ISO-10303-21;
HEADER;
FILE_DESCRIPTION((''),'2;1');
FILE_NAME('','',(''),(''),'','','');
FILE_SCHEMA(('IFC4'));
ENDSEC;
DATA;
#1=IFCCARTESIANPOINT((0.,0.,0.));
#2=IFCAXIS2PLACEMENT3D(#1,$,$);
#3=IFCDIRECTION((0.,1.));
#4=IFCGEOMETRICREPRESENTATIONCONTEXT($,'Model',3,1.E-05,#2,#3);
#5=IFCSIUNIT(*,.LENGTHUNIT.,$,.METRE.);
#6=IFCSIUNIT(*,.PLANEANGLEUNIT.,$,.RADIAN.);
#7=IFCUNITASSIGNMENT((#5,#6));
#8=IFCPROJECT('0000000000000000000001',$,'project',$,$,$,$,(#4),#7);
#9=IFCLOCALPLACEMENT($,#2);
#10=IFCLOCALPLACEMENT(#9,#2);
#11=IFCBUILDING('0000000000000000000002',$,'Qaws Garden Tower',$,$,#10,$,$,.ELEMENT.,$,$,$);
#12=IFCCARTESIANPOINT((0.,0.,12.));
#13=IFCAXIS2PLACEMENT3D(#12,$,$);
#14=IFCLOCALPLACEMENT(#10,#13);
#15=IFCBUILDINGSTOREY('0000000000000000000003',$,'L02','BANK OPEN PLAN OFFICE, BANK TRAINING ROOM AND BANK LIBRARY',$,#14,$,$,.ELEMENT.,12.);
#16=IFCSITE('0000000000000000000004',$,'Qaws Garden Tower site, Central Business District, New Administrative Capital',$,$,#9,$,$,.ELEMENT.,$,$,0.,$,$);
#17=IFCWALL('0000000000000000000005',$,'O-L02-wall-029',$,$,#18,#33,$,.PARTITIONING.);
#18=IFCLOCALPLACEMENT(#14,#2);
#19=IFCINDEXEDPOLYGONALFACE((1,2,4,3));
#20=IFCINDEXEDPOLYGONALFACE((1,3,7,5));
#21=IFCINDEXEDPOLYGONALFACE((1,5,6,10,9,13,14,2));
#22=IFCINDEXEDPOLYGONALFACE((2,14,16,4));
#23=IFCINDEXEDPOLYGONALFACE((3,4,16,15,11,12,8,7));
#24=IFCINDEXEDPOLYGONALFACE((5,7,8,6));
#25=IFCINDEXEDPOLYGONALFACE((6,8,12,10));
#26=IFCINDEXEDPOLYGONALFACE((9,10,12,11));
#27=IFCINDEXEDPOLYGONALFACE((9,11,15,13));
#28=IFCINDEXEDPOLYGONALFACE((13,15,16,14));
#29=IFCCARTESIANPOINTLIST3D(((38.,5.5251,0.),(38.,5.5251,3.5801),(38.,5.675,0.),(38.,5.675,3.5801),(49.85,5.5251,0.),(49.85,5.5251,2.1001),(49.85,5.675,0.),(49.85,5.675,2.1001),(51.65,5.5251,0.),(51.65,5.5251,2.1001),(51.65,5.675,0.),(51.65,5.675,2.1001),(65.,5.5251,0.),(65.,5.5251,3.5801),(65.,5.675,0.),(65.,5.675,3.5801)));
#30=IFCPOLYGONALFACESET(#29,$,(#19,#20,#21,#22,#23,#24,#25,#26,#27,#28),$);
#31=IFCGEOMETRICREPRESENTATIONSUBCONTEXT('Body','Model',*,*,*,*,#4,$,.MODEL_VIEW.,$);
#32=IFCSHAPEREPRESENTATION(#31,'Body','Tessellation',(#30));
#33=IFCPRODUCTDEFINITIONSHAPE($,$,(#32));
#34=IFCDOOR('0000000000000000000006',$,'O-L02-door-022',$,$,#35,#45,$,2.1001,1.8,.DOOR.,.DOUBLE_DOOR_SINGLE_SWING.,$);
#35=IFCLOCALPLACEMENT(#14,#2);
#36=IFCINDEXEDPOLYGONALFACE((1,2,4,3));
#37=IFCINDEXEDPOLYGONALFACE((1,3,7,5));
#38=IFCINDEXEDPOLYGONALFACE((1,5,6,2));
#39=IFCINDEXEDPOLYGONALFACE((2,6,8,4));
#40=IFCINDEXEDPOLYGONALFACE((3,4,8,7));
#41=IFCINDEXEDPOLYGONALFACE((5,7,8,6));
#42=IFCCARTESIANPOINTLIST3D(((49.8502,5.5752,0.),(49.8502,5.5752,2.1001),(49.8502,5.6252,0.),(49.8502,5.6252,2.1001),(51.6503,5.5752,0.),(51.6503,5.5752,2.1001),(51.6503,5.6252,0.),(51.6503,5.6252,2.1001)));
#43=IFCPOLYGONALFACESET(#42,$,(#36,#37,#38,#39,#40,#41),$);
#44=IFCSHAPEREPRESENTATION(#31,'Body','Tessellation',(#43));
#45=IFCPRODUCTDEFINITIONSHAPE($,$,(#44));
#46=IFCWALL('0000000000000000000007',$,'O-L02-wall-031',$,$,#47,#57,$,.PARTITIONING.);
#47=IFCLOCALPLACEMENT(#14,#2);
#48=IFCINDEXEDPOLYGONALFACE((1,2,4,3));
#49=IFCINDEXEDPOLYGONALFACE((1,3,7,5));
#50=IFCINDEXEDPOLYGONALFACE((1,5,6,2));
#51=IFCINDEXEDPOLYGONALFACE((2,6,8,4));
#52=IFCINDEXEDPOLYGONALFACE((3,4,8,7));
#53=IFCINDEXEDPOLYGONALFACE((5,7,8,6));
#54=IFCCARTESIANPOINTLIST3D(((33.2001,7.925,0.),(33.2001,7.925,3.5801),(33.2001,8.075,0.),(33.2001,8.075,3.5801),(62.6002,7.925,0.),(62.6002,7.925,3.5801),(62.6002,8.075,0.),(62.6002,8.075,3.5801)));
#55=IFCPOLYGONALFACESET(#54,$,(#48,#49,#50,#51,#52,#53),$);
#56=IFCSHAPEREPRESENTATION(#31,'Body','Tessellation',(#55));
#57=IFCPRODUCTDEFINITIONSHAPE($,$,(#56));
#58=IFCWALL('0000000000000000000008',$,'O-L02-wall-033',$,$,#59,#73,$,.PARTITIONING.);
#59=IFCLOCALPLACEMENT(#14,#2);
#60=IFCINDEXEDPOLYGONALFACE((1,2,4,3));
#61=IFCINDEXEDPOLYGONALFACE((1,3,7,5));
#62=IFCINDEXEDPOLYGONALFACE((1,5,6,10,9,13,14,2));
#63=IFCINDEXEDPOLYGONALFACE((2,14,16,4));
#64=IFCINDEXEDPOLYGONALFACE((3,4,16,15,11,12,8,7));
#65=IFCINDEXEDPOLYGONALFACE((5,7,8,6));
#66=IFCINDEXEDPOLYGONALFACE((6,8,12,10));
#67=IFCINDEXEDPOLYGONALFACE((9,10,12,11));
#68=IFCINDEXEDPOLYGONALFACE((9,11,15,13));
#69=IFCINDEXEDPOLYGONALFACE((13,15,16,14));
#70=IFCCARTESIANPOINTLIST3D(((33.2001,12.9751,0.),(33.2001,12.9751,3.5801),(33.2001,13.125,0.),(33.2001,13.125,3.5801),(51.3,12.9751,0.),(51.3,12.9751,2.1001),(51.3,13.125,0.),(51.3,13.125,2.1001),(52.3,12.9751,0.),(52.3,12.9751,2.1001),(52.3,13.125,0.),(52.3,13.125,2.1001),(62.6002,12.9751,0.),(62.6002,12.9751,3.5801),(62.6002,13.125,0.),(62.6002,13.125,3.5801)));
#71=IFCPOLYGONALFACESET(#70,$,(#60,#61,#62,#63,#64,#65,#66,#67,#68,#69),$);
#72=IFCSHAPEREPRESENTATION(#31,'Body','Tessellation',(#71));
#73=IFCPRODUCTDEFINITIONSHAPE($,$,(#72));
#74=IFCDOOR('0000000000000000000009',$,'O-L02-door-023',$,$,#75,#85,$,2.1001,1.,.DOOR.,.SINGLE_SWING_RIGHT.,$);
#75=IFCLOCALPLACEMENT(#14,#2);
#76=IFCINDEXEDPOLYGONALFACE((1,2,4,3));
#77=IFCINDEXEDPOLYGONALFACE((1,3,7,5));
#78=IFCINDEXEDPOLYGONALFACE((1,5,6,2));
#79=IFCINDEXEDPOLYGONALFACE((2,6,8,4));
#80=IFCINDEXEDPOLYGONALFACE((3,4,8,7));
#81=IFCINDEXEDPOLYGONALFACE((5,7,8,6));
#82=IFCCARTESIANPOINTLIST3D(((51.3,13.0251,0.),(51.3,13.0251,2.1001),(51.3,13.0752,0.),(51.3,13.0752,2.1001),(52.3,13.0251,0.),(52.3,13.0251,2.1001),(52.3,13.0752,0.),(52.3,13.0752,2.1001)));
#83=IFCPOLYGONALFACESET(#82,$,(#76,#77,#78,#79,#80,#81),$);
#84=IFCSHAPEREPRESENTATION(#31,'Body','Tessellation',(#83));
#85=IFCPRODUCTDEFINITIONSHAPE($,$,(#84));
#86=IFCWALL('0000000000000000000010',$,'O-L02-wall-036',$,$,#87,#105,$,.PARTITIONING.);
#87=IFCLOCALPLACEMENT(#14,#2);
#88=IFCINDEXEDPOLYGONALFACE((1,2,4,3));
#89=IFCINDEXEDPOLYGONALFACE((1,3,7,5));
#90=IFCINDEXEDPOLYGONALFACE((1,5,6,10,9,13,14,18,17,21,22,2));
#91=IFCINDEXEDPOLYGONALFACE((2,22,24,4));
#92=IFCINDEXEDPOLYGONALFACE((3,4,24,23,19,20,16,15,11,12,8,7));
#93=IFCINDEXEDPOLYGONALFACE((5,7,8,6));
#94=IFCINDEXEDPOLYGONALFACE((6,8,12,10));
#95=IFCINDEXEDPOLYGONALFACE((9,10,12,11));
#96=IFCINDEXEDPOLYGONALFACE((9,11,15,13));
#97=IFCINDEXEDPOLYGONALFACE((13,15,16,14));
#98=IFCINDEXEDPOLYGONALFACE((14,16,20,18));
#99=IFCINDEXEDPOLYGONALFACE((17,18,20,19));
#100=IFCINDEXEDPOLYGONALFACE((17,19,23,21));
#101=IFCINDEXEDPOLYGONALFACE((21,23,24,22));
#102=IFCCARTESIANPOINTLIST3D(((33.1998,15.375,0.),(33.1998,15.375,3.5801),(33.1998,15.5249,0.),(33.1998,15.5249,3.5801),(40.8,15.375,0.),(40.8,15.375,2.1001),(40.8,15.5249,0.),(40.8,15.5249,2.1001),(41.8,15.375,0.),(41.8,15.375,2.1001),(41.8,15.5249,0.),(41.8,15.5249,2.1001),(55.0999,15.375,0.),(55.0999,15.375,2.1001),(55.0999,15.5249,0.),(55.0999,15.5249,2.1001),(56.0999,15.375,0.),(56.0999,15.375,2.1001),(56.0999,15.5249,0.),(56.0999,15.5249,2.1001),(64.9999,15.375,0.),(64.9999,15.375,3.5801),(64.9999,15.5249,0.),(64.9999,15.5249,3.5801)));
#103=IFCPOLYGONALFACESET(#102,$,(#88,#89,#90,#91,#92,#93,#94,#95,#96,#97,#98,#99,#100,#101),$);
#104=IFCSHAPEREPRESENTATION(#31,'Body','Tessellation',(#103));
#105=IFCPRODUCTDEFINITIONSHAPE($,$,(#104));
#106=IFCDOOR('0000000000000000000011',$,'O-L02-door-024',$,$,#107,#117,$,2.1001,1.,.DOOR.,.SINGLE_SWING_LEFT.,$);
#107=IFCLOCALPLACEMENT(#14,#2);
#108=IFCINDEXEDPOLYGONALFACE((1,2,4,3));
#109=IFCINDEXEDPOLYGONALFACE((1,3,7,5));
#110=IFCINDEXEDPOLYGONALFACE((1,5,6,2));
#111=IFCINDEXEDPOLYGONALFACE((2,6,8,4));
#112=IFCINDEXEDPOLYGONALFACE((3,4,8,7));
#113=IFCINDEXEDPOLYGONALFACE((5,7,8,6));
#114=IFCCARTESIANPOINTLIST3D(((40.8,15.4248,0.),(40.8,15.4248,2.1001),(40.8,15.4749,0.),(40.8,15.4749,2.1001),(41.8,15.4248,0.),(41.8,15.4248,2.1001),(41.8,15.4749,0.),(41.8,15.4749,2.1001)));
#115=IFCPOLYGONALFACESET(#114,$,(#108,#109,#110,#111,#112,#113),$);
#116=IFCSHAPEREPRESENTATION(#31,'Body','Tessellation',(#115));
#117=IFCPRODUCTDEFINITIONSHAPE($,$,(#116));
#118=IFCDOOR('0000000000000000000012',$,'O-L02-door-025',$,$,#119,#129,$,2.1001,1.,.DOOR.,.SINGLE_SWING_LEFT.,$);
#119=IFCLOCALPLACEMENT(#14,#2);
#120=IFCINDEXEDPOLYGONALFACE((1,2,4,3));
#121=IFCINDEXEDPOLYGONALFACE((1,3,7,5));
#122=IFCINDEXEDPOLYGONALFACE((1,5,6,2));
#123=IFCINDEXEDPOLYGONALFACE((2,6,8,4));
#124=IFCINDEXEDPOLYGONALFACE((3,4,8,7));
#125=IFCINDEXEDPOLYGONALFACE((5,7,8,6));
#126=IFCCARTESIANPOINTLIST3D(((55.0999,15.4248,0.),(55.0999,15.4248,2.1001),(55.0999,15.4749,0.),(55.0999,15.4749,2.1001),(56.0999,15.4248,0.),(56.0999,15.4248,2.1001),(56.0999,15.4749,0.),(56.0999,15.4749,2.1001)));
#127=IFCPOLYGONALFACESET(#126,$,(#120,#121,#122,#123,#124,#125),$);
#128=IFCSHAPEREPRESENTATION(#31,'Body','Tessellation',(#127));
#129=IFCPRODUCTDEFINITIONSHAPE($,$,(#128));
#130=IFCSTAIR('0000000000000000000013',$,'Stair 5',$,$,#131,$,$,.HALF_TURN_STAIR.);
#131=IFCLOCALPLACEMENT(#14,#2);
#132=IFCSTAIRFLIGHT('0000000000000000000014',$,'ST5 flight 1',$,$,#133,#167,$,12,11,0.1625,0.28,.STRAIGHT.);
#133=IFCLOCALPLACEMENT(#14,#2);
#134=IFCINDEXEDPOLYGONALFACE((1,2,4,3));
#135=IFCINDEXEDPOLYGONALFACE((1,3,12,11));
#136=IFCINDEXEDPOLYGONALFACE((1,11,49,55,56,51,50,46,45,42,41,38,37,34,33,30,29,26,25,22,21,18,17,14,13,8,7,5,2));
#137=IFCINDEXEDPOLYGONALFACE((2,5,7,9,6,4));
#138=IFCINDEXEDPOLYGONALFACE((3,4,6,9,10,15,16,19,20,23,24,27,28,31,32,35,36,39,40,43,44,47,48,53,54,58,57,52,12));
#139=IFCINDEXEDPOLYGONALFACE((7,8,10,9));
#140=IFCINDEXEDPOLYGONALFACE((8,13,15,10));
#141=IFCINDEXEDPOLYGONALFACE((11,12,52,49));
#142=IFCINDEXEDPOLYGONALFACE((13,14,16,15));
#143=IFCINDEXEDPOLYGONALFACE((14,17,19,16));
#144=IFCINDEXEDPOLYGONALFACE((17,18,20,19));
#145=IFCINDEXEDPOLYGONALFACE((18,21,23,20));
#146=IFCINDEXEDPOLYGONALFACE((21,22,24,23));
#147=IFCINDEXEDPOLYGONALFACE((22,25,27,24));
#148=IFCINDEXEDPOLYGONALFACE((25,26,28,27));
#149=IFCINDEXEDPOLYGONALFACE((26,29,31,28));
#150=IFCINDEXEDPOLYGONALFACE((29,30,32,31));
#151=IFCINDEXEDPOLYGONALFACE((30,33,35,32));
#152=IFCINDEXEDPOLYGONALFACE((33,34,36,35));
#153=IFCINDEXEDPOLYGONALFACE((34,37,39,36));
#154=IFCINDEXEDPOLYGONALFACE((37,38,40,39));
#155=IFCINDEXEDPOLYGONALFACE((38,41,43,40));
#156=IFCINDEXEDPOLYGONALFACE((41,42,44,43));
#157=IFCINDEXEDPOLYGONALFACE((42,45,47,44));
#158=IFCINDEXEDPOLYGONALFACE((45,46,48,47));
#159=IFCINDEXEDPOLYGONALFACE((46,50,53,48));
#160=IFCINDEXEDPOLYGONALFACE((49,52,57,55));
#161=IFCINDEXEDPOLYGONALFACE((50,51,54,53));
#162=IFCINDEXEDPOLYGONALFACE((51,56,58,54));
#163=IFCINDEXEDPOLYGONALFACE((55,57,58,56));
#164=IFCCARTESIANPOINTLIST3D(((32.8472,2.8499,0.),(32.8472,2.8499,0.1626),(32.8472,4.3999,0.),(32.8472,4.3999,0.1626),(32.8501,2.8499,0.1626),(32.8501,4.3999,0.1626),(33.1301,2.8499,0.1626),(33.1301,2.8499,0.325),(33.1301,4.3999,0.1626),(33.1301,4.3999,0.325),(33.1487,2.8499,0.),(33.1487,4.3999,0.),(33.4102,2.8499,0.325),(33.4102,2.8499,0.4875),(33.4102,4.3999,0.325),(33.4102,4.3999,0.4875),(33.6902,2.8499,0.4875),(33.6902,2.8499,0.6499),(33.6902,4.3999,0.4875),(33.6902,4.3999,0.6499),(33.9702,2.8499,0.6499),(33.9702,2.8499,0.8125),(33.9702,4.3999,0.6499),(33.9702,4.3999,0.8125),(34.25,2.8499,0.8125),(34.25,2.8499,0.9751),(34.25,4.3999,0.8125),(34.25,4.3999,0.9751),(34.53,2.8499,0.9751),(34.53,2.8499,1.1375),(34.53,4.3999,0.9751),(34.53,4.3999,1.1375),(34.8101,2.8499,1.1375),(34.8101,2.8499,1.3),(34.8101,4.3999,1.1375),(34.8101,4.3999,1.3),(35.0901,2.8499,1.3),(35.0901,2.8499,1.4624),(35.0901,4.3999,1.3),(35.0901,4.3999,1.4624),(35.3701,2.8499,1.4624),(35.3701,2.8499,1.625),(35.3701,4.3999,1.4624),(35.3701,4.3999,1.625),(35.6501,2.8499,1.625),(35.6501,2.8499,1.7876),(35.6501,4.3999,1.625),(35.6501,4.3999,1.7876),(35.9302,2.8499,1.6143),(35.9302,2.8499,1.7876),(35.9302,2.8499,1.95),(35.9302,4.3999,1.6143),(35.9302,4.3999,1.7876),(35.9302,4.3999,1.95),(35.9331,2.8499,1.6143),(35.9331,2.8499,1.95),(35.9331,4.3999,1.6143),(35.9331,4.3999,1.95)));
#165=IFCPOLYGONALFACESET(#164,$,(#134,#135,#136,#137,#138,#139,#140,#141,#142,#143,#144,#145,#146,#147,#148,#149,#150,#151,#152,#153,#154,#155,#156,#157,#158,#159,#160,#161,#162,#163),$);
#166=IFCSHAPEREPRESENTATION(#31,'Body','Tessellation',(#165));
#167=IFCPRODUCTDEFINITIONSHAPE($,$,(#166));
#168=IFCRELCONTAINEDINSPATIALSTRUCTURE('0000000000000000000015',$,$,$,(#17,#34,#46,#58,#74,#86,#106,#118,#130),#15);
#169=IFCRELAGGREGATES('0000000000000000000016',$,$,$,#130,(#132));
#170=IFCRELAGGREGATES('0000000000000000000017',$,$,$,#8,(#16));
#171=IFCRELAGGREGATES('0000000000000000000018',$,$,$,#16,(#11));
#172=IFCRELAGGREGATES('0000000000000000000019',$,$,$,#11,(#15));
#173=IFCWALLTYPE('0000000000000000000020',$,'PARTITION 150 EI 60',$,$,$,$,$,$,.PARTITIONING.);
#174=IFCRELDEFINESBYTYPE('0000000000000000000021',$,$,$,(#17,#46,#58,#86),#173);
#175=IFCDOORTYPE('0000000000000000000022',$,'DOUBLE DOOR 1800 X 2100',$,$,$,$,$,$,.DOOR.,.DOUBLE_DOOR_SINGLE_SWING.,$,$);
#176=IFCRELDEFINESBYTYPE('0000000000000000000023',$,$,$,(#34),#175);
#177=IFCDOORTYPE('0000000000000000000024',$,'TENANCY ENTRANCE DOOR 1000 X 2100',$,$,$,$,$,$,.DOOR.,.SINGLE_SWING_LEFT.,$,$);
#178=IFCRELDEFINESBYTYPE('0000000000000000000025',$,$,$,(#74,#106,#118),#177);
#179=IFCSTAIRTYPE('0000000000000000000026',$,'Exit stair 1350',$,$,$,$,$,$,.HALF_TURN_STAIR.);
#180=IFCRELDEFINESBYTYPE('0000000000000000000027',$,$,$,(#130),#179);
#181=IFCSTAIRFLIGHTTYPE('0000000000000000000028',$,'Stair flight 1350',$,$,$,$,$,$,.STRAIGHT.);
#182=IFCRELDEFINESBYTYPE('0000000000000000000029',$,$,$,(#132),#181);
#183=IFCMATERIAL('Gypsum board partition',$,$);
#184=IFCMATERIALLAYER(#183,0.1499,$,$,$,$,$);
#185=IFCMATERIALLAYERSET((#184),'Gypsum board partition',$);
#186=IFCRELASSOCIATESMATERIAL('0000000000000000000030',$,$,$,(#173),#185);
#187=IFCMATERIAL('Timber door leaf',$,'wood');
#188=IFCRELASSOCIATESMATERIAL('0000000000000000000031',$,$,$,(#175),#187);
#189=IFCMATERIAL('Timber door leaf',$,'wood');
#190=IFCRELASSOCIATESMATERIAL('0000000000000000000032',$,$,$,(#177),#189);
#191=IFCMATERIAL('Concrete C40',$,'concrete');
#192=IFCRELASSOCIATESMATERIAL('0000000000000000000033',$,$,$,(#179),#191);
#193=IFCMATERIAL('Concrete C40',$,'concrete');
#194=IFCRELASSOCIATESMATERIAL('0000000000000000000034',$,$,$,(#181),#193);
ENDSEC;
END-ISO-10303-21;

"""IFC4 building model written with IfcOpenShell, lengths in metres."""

from ifc_helpers import new_model, si_unit, direction, frame, frame_2d, origin, place, context, subcontext, project, spatial, polyline, rectangle, outline, extrude, material, layer, layer_set, type_object, element, fill, aggregate, save


model = new_model("IFC4")

# Units and contexts
model_context = context("Model", 3, precision=1e-05, world=origin(), true_north=direction((0.0, 1.0)))
body_context = subcontext(model_context, "Body", "Model", "MODEL_VIEW")
ifc_project = project(units=[si_unit("LENGTHUNIT", "METRE"), si_unit("PLANEANGLEUNIT", "RADIAN")], contexts=[model_context])

# Site, building, storey
site_placement = place(None, origin())
site = spatial("IfcSite", under=ifc_project, at=site_placement, Name="Qaws Garden Tower site, Central Business District, New Administrative Capital", CompositionType="ELEMENT", RefElevation=0.0)
building_placement = place(site_placement, origin())
building = spatial("IfcBuilding", under=site, at=building_placement, Name="Qaws Garden Tower", CompositionType="ELEMENT")
storey_placement = place(building_placement, frame((0.0, 0.0, 12.0)))
storey = spatial("IfcBuildingStorey", under=building, at=storey_placement, Name="L02", Description="BANK OPEN PLAN OFFICE, BANK TRAINING ROOM AND BANK LIBRARY", CompositionType="ELEMENT", Elevation=12.0)

# Shared definitions
ifc_material_1 = material(Name="Gypsum board partition")
ifc_layer_1 = layer(ifc_material_1, 0.1499)
ifc_layer_set_1 = layer_set([ifc_layer_1], Name="Gypsum board partition")
wall_type_1 = type_object("IfcWallType", Name="PARTITION 150 EI 60", PredefinedType="PARTITIONING", material=ifc_layer_set_1)

# Shared definitions
ifc_material_2 = material(Name="Timber door leaf", Category="wood")
door_type_1 = type_object("IfcDoorType", Name="DOUBLE DOOR 1800 X 2100", OperationType="DOUBLE_DOOR_SINGLE_SWING", PredefinedType="DOOR", material=ifc_material_2)

# Wall, opening, door
wall_1_placement = place(storey_placement, frame((38.0, 5.6001, 0.0), z_axis=(0.0, 0.0, 1.0), x_axis=(1.0, 0.0, 0.0)))
wall_1 = element("IfcWall", 1, at=wall_1_placement, inside=storey, type_object=wall_type_1, Name="O-L02-wall-029", PredefinedType="PARTITIONING", context=body_context, shape_type="SweptSolid", body=[
    extrude(rectangle(XDim=27.0, YDim=0.1499, at=frame_2d((13.5, 0.0))), origin(), (0.0, 0.0, 1.0), 3.5801),
])
opening_1_placement = place(wall_1_placement, frame((11.8501, 0.0, 0.0)))
opening_1 = element("IfcOpeningElement", 2, at=opening_1_placement, cuts=wall_1, PredefinedType="OPENING", context=body_context, shape_type="SweptSolid", body=[
    extrude(rectangle(XDim=1.8, YDim=2.1001, at=frame_2d((0.8999, 1.05))), frame((0.0, 0.085, 0.0), z_axis=(0.0, -1.0, 0.0), x_axis=(1.0, 0.0, 0.0)), (0.0, 0.0, 1.0), 0.1699),
])
door_1_placement = place(opening_1_placement, frame((1.8, 0.0, 0.0), z_axis=(0.0, 0.0, 1.0), x_axis=(-1.0, 0.0, 0.0)))
door_1 = element("IfcDoor", 3, at=door_1_placement, inside=storey, type_object=door_type_1, Name="O-L02-door-022", OperationType="DOUBLE_DOOR_SINGLE_SWING", OverallHeight=2.1001, OverallWidth=1.8, PredefinedType="DOOR", context=body_context, shape_type="SweptSolid", body=[
    extrude(rectangle(XDim=1.8, YDim=2.1001, at=frame_2d((0.8999, 1.05))), frame((0.0, 0.0249, 0.0), z_axis=(0.0, -1.0, 0.0), x_axis=(1.0, 0.0, 0.0)), (0.0, 0.0, 1.0), 0.05),
])
fill(opening_1, door_1)

# Wall
wall_2_placement = place(storey_placement, frame((33.2, 8.0, 0.0), z_axis=(0.0, 0.0, 1.0), x_axis=(1.0, 0.0, 0.0)))
element("IfcWall", 4, at=wall_2_placement, inside=storey, type_object=wall_type_1, Name="O-L02-wall-031", PredefinedType="PARTITIONING", context=body_context, shape_type="SweptSolid", body=[
    extrude(rectangle(XDim=29.4001, YDim=0.1499, at=frame_2d((14.7002, 0.0))), origin(), (0.0, 0.0, 1.0), 3.5801),
])

# Wall, opening, door
wall_3_placement = place(storey_placement, frame((33.2, 13.05, 0.0), z_axis=(0.0, 0.0, 1.0), x_axis=(1.0, 0.0, 0.0)))
wall_3 = element("IfcWall", 5, at=wall_3_placement, inside=storey, type_object=wall_type_1, Name="O-L02-wall-033", PredefinedType="PARTITIONING", context=body_context, shape_type="SweptSolid", body=[
    extrude(rectangle(XDim=29.4001, YDim=0.1499, at=frame_2d((14.7002, 0.0))), origin(), (0.0, 0.0, 1.0), 3.5801),
])
opening_2_placement = place(wall_3_placement, frame((18.1001, 0.0, 0.0)))
opening_2 = element("IfcOpeningElement", 6, at=opening_2_placement, cuts=wall_3, PredefinedType="OPENING", context=body_context, shape_type="SweptSolid", body=[
    extrude(rectangle(XDim=1.0, YDim=2.1001, at=frame_2d((0.5, 1.05))), frame((0.0, 0.085, 0.0), z_axis=(0.0, -1.0, 0.0), x_axis=(1.0, 0.0, 0.0)), (0.0, 0.0, 1.0), 0.1699),
])
ifc_material_3 = material(Name="Timber door leaf", Category="wood")
door_type_2 = type_object("IfcDoorType", Name="TENANCY ENTRANCE DOOR 1000 X 2100", OperationType="SINGLE_SWING_LEFT", PredefinedType="DOOR", material=ifc_material_3)
door_2_placement = place(opening_2_placement, frame((1.0, 0.0, 0.0), z_axis=(0.0, 0.0, 1.0), x_axis=(-1.0, 0.0, 0.0)))
door_2 = element("IfcDoor", 7, at=door_2_placement, inside=storey, type_object=door_type_2, Name="O-L02-door-023", OperationType="SINGLE_SWING_RIGHT", OverallHeight=2.1001, OverallWidth=1.0, PredefinedType="DOOR", context=body_context, shape_type="SweptSolid", body=[
    extrude(rectangle(XDim=1.0, YDim=2.1001, at=frame_2d((0.5, 1.05))), frame((0.0, 0.0249, 0.0), z_axis=(0.0, -1.0, 0.0), x_axis=(1.0, 0.0, 0.0)), (0.0, 0.0, 1.0), 0.05),
])
fill(opening_2, door_2)

# Wall, openings, doors
wall_4_placement = place(storey_placement, frame((33.2, 15.45, 0.0), z_axis=(0.0, 0.0, 1.0), x_axis=(1.0, 0.0, 0.0)))
wall_4 = element("IfcWall", 8, at=wall_4_placement, inside=storey, type_object=wall_type_1, Name="O-L02-wall-036", PredefinedType="PARTITIONING", context=body_context, shape_type="SweptSolid", body=[
    extrude(rectangle(XDim=31.8, YDim=0.1499, at=frame_2d((15.8999, 0.0))), origin(), (0.0, 0.0, 1.0), 3.5801),
])
opening_3_placement = place(wall_4_placement, frame((7.6001, 0.0, 0.0)))
opening_3 = element("IfcOpeningElement", 9, at=opening_3_placement, cuts=wall_4, PredefinedType="OPENING", context=body_context, shape_type="SweptSolid", body=[
    extrude(rectangle(XDim=1.0, YDim=2.1001, at=frame_2d((0.5, 1.05))), frame((0.0, 0.085, 0.0), z_axis=(0.0, -1.0, 0.0), x_axis=(1.0, 0.0, 0.0)), (0.0, 0.0, 1.0), 0.1699),
])
opening_4_placement = place(wall_4_placement, frame((21.8999, 0.0, 0.0)))
opening_4 = element("IfcOpeningElement", 10, at=opening_4_placement, cuts=wall_4, PredefinedType="OPENING", context=body_context, shape_type="SweptSolid", body=[
    extrude(rectangle(XDim=1.0, YDim=2.1001, at=frame_2d((0.5, 1.05))), frame((0.0, 0.085, 0.0), z_axis=(0.0, -1.0, 0.0), x_axis=(1.0, 0.0, 0.0)), (0.0, 0.0, 1.0), 0.1699),
])
door_3_placement = place(opening_3_placement, origin())
door_3 = element("IfcDoor", 11, at=door_3_placement, inside=storey, type_object=door_type_2, Name="O-L02-door-024", OperationType="SINGLE_SWING_LEFT", OverallHeight=2.1001, OverallWidth=1.0, PredefinedType="DOOR", context=body_context, shape_type="SweptSolid", body=[
    extrude(rectangle(XDim=1.0, YDim=2.1001, at=frame_2d((0.5, 1.05))), frame((0.0, 0.0249, 0.0), z_axis=(0.0, -1.0, 0.0), x_axis=(1.0, 0.0, 0.0)), (0.0, 0.0, 1.0), 0.05),
])
fill(opening_3, door_3)
door_4_placement = place(opening_4_placement, origin())
door_4 = element("IfcDoor", 12, at=door_4_placement, inside=storey, type_object=door_type_2, Name="O-L02-door-025", OperationType="SINGLE_SWING_LEFT", OverallHeight=2.1001, OverallWidth=1.0, PredefinedType="DOOR", context=body_context, shape_type="SweptSolid", body=[
    extrude(rectangle(XDim=1.0, YDim=2.1001, at=frame_2d((0.5, 1.05))), frame((0.0, 0.0249, 0.0), z_axis=(0.0, -1.0, 0.0), x_axis=(1.0, 0.0, 0.0)), (0.0, 0.0, 1.0), 0.05),
])
fill(opening_4, door_4)

# Stair, stair flight
ifc_material_4 = material(Name="Concrete C40", Category="concrete")
stair_type = type_object("IfcStairType", Name="Exit stair 1350", PredefinedType="HALF_TURN_STAIR", material=ifc_material_4)
stair_placement = place(storey_placement, origin())
stair = element("IfcStair", 13, at=stair_placement, inside=storey, type_object=stair_type, Name="Stair 5", PredefinedType="HALF_TURN_STAIR")
ifc_material_5 = material(Name="Concrete C40", Category="concrete")
stair_flight_type = type_object("IfcStairFlightType", Name="Stair flight 1350", PredefinedType="STRAIGHT", material=ifc_material_5)
stair_flight_1_placement = place(storey_placement, frame((32.8501, 3.625, 0.0), z_axis=(0.0, 0.0, 1.0), x_axis=(1.0, 0.0, 0.0)))
stair_flight_1 = element("IfcStairFlight", 14, at=stair_flight_1_placement, type_object=stair_flight_type, Name="ST5 flight 1", NumberOfRisers=12, NumberOfTreads=11, PredefinedType="STRAIGHT", RiserHeight=0.1625, TreadLength=0.28, context=body_context, shape_type="SweptSolid", body=[
    extrude(outline(polyline([(-0.0029, 0.0), (-0.0029, 0.1626), (0.0, 0.1626), (0.28, 0.1626), (0.28, 0.325), (0.5601, 0.325), (0.5601, 0.4875), (0.8401, 0.4875), (0.8401, 0.6499), (1.1201, 0.6499), (1.1201, 0.8125), (1.3999, 0.8125), (1.3999, 0.9751), (1.6799, 0.9751), (1.6799, 1.1375), (1.96, 1.1375), (1.96, 1.3), (2.24, 1.3), (2.24, 1.4624), (2.52, 1.4624), (2.52, 1.625), (2.8, 1.625), (2.8, 1.7876), (3.0801, 1.7876), (3.0801, 1.95), (3.083, 1.95), (3.083, 1.6143), (3.0801, 1.6143), (0.2986, 0.0), (-0.0029, 0.0)])), frame((0.0, 0.7749, 0.0), z_axis=(0.0, -1.0, 0.0), x_axis=(1.0, 0.0, 0.0)), (0.0, 0.0, 1.0), 1.55),
])
aggregate(stair, [stair_flight_1])

save(model, "model.ifc")
